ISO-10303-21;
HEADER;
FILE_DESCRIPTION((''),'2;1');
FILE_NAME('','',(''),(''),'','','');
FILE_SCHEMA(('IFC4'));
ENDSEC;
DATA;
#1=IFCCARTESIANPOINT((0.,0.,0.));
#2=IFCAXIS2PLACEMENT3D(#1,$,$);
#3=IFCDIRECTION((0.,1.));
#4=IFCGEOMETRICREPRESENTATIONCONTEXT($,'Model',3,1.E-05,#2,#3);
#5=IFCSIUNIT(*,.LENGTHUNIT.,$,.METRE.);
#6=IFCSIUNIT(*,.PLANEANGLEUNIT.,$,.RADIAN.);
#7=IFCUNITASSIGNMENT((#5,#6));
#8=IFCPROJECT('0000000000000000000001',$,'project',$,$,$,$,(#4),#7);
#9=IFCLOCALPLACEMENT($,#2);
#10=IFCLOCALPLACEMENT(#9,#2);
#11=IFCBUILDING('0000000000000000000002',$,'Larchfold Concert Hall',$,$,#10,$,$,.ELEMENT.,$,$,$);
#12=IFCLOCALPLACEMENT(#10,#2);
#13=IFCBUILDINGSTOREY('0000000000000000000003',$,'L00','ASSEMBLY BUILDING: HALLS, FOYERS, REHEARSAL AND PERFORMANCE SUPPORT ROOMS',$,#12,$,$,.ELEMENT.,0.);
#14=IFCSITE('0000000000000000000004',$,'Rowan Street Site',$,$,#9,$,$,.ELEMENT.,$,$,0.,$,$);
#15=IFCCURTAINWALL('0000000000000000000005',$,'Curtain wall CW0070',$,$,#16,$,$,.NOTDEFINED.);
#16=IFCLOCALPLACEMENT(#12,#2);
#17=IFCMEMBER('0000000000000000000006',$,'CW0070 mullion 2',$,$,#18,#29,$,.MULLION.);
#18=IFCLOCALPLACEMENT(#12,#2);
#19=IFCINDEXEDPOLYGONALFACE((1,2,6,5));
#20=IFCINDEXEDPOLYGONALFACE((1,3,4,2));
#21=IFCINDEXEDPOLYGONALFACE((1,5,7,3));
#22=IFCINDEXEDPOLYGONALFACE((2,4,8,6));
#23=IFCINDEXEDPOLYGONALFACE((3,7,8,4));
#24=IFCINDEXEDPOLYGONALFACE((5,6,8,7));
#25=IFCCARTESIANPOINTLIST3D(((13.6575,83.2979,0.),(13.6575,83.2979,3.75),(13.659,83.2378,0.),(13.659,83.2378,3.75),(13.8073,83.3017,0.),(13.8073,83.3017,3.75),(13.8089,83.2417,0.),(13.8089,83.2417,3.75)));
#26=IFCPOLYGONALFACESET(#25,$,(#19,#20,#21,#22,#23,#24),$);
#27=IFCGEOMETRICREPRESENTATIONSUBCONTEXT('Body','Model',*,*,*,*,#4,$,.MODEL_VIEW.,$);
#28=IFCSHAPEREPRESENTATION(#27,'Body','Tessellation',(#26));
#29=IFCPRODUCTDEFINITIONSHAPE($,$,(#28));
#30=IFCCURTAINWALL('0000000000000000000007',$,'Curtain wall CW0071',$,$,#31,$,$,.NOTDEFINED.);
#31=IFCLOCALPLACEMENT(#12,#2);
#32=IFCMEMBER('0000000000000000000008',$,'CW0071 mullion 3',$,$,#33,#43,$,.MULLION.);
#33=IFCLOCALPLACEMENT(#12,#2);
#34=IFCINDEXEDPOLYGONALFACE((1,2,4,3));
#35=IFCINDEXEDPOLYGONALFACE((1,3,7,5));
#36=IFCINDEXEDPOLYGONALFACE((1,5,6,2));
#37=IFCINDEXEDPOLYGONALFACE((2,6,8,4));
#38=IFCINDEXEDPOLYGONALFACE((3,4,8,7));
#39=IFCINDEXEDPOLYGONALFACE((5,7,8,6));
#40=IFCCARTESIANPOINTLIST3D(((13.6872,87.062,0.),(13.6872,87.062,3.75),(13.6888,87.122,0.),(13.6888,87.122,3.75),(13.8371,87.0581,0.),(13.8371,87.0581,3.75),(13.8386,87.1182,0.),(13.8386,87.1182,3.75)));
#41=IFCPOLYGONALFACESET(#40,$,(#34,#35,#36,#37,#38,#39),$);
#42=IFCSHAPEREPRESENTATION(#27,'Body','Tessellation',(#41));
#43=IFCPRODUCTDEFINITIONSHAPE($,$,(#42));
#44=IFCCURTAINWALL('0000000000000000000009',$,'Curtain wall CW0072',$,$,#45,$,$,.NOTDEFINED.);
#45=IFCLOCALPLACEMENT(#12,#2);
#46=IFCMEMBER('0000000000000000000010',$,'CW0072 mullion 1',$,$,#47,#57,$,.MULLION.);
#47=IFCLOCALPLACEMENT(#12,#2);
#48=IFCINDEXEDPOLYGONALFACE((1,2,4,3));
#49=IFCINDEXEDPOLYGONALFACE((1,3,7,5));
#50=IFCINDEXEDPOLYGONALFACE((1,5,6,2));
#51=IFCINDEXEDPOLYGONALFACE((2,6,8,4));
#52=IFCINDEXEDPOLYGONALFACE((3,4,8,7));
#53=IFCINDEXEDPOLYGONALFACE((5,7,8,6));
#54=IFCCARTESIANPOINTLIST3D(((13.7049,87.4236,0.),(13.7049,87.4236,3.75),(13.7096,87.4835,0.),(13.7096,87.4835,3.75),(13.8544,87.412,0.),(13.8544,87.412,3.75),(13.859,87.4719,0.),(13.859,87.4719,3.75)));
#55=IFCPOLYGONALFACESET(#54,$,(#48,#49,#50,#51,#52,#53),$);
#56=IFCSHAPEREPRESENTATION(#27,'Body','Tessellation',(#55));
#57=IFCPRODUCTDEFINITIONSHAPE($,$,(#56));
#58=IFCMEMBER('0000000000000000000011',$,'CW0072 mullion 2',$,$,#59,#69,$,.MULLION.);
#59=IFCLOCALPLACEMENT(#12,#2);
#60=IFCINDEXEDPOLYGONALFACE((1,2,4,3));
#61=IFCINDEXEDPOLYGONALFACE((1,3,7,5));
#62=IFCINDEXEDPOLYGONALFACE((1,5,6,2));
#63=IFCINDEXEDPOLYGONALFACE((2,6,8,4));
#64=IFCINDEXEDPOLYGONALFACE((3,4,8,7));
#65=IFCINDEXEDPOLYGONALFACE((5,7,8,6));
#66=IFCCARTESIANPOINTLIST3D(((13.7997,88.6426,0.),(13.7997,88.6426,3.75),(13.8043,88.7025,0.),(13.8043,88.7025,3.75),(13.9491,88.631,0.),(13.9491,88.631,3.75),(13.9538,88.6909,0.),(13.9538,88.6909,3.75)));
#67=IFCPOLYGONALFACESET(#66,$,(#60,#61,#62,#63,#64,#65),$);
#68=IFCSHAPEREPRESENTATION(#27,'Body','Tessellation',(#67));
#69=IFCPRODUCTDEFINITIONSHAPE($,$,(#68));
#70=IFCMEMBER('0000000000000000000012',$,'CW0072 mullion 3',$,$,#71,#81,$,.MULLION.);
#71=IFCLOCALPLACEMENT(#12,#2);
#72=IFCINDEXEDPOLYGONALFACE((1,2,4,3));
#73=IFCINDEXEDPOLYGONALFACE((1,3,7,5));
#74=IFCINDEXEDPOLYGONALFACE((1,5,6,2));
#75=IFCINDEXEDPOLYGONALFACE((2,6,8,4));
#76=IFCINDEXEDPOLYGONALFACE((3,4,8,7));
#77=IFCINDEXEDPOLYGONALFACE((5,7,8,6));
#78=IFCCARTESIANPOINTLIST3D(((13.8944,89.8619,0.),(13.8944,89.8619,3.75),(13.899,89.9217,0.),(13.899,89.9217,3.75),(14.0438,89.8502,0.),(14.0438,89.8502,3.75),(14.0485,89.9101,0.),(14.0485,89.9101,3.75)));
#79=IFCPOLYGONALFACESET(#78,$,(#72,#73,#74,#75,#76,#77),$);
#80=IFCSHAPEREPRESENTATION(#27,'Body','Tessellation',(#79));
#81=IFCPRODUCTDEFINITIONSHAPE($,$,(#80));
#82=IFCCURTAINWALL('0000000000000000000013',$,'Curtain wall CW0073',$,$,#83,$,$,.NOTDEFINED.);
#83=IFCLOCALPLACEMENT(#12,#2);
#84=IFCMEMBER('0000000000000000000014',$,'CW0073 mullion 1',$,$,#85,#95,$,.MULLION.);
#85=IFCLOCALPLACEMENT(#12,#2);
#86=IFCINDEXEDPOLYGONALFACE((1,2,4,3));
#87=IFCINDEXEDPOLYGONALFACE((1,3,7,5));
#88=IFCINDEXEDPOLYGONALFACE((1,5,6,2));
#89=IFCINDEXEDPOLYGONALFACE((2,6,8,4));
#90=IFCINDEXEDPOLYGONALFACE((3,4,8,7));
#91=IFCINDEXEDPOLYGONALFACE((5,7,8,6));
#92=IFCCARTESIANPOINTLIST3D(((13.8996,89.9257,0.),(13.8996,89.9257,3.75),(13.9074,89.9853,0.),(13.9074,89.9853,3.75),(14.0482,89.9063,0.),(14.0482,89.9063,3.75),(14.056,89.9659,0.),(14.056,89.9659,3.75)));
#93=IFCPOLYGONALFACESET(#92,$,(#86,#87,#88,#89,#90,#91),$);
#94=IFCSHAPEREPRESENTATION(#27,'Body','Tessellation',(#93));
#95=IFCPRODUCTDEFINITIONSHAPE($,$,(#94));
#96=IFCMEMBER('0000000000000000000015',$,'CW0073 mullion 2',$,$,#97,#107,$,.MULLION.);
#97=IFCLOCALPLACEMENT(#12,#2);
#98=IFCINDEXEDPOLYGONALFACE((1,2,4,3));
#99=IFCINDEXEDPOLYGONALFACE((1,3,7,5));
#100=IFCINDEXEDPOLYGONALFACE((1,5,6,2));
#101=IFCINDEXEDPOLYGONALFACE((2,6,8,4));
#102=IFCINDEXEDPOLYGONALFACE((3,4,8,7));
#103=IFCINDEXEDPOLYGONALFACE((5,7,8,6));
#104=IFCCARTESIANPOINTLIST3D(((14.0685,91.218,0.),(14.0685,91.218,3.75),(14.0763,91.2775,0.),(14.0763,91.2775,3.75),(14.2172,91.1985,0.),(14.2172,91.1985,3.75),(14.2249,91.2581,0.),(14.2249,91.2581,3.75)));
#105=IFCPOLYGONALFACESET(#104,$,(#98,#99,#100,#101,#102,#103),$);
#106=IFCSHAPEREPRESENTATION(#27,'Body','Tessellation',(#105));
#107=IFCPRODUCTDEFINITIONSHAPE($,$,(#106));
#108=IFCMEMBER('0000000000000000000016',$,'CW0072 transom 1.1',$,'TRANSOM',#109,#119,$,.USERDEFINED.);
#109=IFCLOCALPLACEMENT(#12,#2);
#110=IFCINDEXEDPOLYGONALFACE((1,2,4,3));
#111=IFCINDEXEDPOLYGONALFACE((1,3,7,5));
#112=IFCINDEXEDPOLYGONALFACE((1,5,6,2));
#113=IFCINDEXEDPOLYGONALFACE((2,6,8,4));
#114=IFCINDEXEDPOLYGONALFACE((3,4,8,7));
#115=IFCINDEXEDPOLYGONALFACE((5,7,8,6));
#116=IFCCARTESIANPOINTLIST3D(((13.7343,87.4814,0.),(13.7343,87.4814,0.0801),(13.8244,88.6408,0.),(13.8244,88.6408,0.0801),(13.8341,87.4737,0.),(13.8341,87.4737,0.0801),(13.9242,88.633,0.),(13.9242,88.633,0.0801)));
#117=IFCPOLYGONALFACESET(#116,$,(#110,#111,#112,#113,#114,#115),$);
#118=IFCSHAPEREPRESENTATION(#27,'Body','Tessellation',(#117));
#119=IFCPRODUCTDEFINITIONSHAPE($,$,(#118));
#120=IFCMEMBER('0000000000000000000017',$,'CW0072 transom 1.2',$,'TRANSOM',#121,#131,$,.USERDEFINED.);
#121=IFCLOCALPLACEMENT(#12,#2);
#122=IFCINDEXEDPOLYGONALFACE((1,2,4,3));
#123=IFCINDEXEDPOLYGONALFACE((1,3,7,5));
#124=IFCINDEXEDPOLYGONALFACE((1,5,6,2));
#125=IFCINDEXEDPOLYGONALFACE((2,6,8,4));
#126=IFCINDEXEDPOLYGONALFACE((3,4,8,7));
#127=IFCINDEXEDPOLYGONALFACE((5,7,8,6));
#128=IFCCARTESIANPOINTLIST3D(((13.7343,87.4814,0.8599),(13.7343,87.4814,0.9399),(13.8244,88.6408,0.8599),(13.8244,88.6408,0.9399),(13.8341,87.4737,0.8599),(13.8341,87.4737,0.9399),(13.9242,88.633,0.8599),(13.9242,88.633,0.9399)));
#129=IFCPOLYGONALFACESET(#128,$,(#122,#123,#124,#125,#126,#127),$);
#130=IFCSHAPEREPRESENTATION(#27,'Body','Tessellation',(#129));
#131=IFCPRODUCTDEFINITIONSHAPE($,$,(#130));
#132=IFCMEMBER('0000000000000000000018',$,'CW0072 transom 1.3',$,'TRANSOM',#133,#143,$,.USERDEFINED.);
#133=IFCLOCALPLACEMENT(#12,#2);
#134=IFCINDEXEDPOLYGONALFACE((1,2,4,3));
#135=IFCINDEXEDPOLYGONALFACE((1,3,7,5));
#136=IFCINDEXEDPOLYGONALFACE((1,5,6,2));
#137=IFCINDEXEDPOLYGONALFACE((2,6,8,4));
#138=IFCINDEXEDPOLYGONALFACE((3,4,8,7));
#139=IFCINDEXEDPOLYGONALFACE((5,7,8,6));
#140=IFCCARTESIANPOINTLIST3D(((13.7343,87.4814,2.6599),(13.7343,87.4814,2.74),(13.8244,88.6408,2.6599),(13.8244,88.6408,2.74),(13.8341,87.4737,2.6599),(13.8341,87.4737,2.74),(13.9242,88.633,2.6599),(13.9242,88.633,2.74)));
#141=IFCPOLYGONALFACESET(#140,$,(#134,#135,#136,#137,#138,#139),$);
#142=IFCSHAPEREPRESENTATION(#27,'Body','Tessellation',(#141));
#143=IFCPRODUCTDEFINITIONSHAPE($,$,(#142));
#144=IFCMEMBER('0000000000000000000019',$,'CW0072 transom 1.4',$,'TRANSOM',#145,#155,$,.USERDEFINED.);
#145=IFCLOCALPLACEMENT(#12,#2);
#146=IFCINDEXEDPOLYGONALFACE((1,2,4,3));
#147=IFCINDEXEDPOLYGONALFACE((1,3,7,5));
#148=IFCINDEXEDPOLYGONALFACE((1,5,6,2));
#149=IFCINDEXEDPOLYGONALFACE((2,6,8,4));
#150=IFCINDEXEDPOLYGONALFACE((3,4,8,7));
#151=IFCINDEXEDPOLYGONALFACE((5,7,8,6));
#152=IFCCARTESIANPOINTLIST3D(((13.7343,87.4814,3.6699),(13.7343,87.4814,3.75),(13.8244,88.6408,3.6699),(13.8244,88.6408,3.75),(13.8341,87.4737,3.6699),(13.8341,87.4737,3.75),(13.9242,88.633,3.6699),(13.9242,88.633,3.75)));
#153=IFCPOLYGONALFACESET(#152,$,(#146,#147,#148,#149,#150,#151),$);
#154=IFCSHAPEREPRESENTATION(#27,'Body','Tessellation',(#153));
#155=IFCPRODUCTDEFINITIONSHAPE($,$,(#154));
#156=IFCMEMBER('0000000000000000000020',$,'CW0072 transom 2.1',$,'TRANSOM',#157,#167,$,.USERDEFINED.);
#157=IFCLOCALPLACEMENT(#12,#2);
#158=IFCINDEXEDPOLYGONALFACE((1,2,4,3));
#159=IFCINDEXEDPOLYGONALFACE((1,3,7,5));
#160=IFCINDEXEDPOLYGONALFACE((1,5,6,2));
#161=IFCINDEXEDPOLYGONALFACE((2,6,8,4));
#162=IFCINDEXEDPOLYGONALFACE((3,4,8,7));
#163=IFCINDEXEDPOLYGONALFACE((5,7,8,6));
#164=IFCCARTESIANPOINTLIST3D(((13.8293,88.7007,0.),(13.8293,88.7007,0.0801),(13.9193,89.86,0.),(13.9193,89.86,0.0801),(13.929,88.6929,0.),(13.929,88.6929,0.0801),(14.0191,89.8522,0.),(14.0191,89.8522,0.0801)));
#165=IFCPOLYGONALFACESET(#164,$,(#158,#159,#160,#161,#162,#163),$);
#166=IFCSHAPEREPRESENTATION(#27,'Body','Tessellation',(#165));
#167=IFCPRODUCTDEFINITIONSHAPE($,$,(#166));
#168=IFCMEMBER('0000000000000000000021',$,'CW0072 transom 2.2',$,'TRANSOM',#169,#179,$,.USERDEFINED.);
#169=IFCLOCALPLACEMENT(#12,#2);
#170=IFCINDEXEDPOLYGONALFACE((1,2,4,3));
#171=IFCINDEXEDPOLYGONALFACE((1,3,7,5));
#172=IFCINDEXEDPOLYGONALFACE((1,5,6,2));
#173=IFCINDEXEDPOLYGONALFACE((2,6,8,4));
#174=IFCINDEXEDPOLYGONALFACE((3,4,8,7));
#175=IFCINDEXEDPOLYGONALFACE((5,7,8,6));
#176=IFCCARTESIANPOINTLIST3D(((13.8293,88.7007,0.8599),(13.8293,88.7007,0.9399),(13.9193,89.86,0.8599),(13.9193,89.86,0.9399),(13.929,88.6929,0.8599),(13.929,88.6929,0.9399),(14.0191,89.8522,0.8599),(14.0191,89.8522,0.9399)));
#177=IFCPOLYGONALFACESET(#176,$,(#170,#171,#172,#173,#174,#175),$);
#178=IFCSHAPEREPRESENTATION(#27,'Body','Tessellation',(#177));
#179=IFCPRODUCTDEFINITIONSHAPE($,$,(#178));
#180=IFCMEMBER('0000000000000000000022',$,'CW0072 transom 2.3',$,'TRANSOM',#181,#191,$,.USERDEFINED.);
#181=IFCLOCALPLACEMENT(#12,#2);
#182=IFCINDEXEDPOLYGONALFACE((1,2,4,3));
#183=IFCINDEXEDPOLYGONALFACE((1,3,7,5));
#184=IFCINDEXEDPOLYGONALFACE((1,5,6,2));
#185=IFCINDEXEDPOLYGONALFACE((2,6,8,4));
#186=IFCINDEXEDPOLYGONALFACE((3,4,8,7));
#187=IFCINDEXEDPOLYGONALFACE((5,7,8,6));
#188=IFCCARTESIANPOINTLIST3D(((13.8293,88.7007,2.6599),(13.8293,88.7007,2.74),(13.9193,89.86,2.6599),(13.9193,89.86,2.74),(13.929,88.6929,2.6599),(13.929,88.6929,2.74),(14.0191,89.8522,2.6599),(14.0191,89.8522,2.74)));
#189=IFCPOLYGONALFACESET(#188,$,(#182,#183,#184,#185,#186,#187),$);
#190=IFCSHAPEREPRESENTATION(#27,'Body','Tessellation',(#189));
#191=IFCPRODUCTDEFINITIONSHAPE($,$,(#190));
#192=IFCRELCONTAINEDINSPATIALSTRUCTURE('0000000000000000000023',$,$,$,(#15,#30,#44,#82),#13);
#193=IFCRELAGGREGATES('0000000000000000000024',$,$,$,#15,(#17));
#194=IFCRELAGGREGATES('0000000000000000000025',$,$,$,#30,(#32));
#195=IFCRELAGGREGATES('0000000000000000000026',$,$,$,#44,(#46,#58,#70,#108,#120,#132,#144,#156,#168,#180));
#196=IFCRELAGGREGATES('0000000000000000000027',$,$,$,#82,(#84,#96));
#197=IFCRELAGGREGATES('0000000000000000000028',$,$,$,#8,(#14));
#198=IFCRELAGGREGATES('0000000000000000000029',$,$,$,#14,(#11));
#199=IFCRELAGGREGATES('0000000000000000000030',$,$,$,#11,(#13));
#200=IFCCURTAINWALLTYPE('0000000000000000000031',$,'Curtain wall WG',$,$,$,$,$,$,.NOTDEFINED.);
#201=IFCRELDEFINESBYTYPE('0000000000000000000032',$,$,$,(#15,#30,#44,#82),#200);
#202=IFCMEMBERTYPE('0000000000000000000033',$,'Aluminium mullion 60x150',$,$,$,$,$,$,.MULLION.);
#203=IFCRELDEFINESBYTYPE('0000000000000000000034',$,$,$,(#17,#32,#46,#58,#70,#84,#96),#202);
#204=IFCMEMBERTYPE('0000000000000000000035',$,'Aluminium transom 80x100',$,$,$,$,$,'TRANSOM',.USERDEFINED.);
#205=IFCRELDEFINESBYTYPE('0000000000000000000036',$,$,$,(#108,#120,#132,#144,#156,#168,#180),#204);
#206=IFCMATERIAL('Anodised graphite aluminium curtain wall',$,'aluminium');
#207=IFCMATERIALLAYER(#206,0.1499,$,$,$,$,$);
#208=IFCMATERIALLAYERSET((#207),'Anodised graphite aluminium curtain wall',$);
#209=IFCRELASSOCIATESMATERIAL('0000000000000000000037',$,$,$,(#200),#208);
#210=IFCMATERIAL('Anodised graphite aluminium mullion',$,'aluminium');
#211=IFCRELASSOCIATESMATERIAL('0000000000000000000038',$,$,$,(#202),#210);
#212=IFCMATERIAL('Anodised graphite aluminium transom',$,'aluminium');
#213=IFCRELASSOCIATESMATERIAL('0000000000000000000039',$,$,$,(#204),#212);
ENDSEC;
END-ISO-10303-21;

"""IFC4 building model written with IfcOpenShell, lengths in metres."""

from ifc_helpers import new_model, si_unit, direction, frame, origin, origin_2d, place, context, subcontext, project, spatial, rectangle, extrude, material, layer, layer_set, material_profile, profile_set, type_object, element, aggregate, save


model = new_model("IFC4")

# Units and contexts
model_context = context("Model", 3, precision=1e-05, world=origin(), true_north=direction((0.0, 1.0)))
body_context = subcontext(model_context, "Body", "Model", "MODEL_VIEW")
ifc_project = project(units=[si_unit("LENGTHUNIT", "METRE"), si_unit("PLANEANGLEUNIT", "RADIAN")], contexts=[model_context])

# Site, building, storey
site_placement = place(None, origin())
site = spatial("IfcSite", under=ifc_project, at=site_placement, Name="Rowan Street Site", CompositionType="ELEMENT", RefElevation=0.0)
building_placement = place(site_placement, origin())
building = spatial("IfcBuilding", under=site, at=building_placement, Name="Larchfold Concert Hall", CompositionType="ELEMENT")
storey_placement = place(building_placement, origin())
storey = spatial("IfcBuildingStorey", under=building, at=storey_placement, Name="L00", Description="ASSEMBLY BUILDING: HALLS, FOYERS, REHEARSAL AND PERFORMANCE SUPPORT ROOMS", CompositionType="ELEMENT", Elevation=0.0)

# Curtain walls, members
ifc_material_1 = material(Name="Anodised graphite aluminium curtain wall", Category="aluminium")
ifc_layer_1 = layer(ifc_material_1, 0.1499)
ifc_layer_set_1 = layer_set([ifc_layer_1], Name="Anodised graphite aluminium curtain wall")
curtain_wall_type = type_object("IfcCurtainWallType", Name="Curtain wall WG", PredefinedType="NOTDEFINED", material=ifc_layer_set_1)
curtain_wall_1_placement = place(storey_placement, origin())
curtain_wall_1 = element("IfcCurtainWall", 1, at=curtain_wall_1_placement, inside=storey, type_object=curtain_wall_type, Name="Curtain wall CW0070", PredefinedType="NOTDEFINED")
ifc_material_2 = material(Name="Anodised graphite aluminium mullion", Category="aluminium")
ifc_material_profile_1 = material_profile(ifc_material_2, rectangle(XDim=0.1499, YDim=0.0601, at=origin_2d()))
ifc_profile_set_1 = profile_set([ifc_material_profile_1], Name="Anodised graphite aluminium mullion")
member_type_1 = type_object("IfcMemberType", Name="Aluminium mullion 60x150", PredefinedType="MULLION", material=ifc_profile_set_1)
member_1_placement = place(storey_placement, frame((13.7332, 83.2698, 0.0), z_axis=(0.0, 0.0, 1.0), x_axis=(-0.999668, -0.025776, 0.0)))
member_1 = element("IfcMember", 2, at=member_1_placement, type_object=member_type_1, Name="CW0070 mullion 2", PredefinedType="MULLION", context=body_context, shape_type="SweptSolid", body=[
    extrude(rectangle(XDim=0.1499, YDim=0.0601, at=origin_2d()), origin(), (0.0, 0.0, 1.0), 3.75),
])
aggregate(curtain_wall_1, [member_1])
curtain_wall_2_placement = place(storey_placement, origin())
curtain_wall_2 = element("IfcCurtainWall", 3, at=curtain_wall_2_placement, inside=storey, type_object=curtain_wall_type, Name="Curtain wall CW0071", PredefinedType="NOTDEFINED")
member_2_placement = place(storey_placement, frame((13.7629, 87.0901, 0.0), z_axis=(0.0, 0.0, 1.0), x_axis=(-0.999668, 0.025762, 0.0)))
member_2 = element("IfcMember", 4, at=member_2_placement, type_object=member_type_1, Name="CW0071 mullion 3", PredefinedType="MULLION", context=body_context, shape_type="SweptSolid", body=[
    extrude(rectangle(XDim=0.1499, YDim=0.0601, at=origin_2d()), origin(), (0.0, 0.0, 1.0), 3.75),
])

# Curtain walls, members
curtain_wall_3_placement = place(storey_placement, origin())
curtain_wall_3 = element("IfcCurtainWall", 5, at=curtain_wall_3_placement, inside=storey, type_object=curtain_wall_type, Name="Curtain wall CW0072", PredefinedType="NOTDEFINED")
member_3_placement = place(storey_placement, frame((13.782, 87.4478, 0.0), z_axis=(0.0, 0.0, 1.0), x_axis=(-0.996988, 0.077553, 0.0)))
member_3 = element("IfcMember", 6, at=member_3_placement, type_object=member_type_1, Name="CW0072 mullion 1", PredefinedType="MULLION", context=body_context, shape_type="SweptSolid", body=[
    extrude(rectangle(XDim=0.1499, YDim=0.0601, at=origin_2d()), origin(), (0.0, 0.0, 1.0), 3.75),
])
member_4_placement = place(storey_placement, frame((13.8767, 88.6667, 0.0), z_axis=(0.0, 0.0, 1.0), x_axis=(-0.996988, 0.077553, 0.0)))
member_4 = element("IfcMember", 7, at=member_4_placement, type_object=member_type_1, Name="CW0072 mullion 2", PredefinedType="MULLION", context=body_context, shape_type="SweptSolid", body=[
    extrude(rectangle(XDim=0.1499, YDim=0.0601, at=origin_2d()), origin(), (0.0, 0.0, 1.0), 3.75),
])
member_5_placement = place(storey_placement, frame((13.9714, 89.886, 0.0), z_axis=(0.0, 0.0, 1.0), x_axis=(-0.996988, 0.077553, 0.0)))
member_5 = element("IfcMember", 8, at=member_5_placement, type_object=member_type_1, Name="CW0072 mullion 3", PredefinedType="MULLION", context=body_context, shape_type="SweptSolid", body=[
    extrude(rectangle(XDim=0.1499, YDim=0.0601, at=origin_2d()), origin(), (0.0, 0.0, 1.0), 3.75),
])
curtain_wall_4_placement = place(storey_placement, origin())
curtain_wall_4 = element("IfcCurtainWall", 9, at=curtain_wall_4_placement, inside=storey, type_object=curtain_wall_type, Name="Curtain wall CW0073", PredefinedType="NOTDEFINED")
member_6_placement = place(storey_placement, frame((13.9778, 89.9458, 0.0), z_axis=(0.0, 0.0, 1.0), x_axis=(-0.991561, 0.129644, 0.0)))
member_6 = element("IfcMember", 10, at=member_6_placement, type_object=member_type_1, Name="CW0073 mullion 1", PredefinedType="MULLION", context=body_context, shape_type="SweptSolid", body=[
    extrude(rectangle(XDim=0.1499, YDim=0.0601, at=origin_2d()), origin(), (0.0, 0.0, 1.0), 3.75),
])
member_7_placement = place(storey_placement, frame((14.1467, 91.238, 0.0), z_axis=(0.0, 0.0, 1.0), x_axis=(-0.991561, 0.129644, 0.0)))
member_7 = element("IfcMember", 11, at=member_7_placement, type_object=member_type_1, Name="CW0073 mullion 2", PredefinedType="MULLION", context=body_context, shape_type="SweptSolid", body=[
    extrude(rectangle(XDim=0.1499, YDim=0.0601, at=origin_2d()), origin(), (0.0, 0.0, 1.0), 3.75),
])

# Members
ifc_material_3 = material(Name="Anodised graphite aluminium transom", Category="aluminium")
ifc_material_profile_2 = material_profile(ifc_material_3, rectangle(XDim=0.1001, YDim=0.0801, at=origin_2d()))
ifc_profile_set_2 = profile_set([ifc_material_profile_2], Name="Anodised graphite aluminium transom")
member_type_2 = type_object("IfcMemberType", Name="Aluminium transom 80x100", ElementType="TRANSOM", PredefinedType="USERDEFINED", material=ifc_profile_set_2)
member_8_placement = place(storey_placement, frame((13.7842, 87.4775, 0.04), z_axis=(0.077467, 0.996995, 0.0), x_axis=(-0.996995, 0.077467, 0.0)))
member_8 = element("IfcMember", 12, at=member_8_placement, type_object=member_type_2, Name="CW0072 transom 1.1", ObjectType="TRANSOM", PredefinedType="USERDEFINED", context=body_context, shape_type="SweptSolid", body=[
    extrude(rectangle(XDim=0.1001, YDim=0.0801, at=origin_2d()), origin(), (0.0, 0.0, 1.0), 1.1628),
])
member_9_placement = place(storey_placement, frame((13.7842, 87.4775, 0.8999), z_axis=(0.077467, 0.996995, 0.0), x_axis=(-0.996995, 0.077467, 0.0)))
member_9 = element("IfcMember", 13, at=member_9_placement, type_object=member_type_2, Name="CW0072 transom 1.2", ObjectType="TRANSOM", PredefinedType="USERDEFINED", context=body_context, shape_type="SweptSolid", body=[
    extrude(rectangle(XDim=0.1001, YDim=0.0801, at=origin_2d()), origin(), (0.0, 0.0, 1.0), 1.1628),
])
member_10_placement = place(storey_placement, frame((13.7842, 87.4775, 2.7), z_axis=(0.077467, 0.996995, 0.0), x_axis=(-0.996995, 0.077467, 0.0)))
member_10 = element("IfcMember", 14, at=member_10_placement, type_object=member_type_2, Name="CW0072 transom 1.3", ObjectType="TRANSOM", PredefinedType="USERDEFINED", context=body_context, shape_type="SweptSolid", body=[
    extrude(rectangle(XDim=0.1001, YDim=0.0801, at=origin_2d()), origin(), (0.0, 0.0, 1.0), 1.1628),
])
member_11_placement = place(storey_placement, frame((13.7842, 87.4775, 3.71), z_axis=(0.077467, 0.996995, 0.0), x_axis=(-0.996995, 0.077467, 0.0)))
member_11 = element("IfcMember", 15, at=member_11_placement, type_object=member_type_2, Name="CW0072 transom 1.4", ObjectType="TRANSOM", PredefinedType="USERDEFINED", context=body_context, shape_type="SweptSolid", body=[
    extrude(rectangle(XDim=0.1001, YDim=0.0801, at=origin_2d()), origin(), (0.0, 0.0, 1.0), 1.1628),
])
member_12_placement = place(storey_placement, frame((13.8792, 88.6968, 0.04), z_axis=(0.077467, 0.996995, 0.0), x_axis=(-0.996995, 0.077467, 0.0)))
member_12 = element("IfcMember", 16, at=member_12_placement, type_object=member_type_2, Name="CW0072 transom 2.1", ObjectType="TRANSOM", PredefinedType="USERDEFINED", context=body_context, shape_type="SweptSolid", body=[
    extrude(rectangle(XDim=0.1001, YDim=0.0801, at=origin_2d()), origin(), (0.0, 0.0, 1.0), 1.1628),
])
member_13_placement = place(storey_placement, frame((13.8792, 88.6968, 0.8999), z_axis=(0.077467, 0.996995, 0.0), x_axis=(-0.996995, 0.077467, 0.0)))
member_13 = element("IfcMember", 17, at=member_13_placement, type_object=member_type_2, Name="CW0072 transom 2.2", ObjectType="TRANSOM", PredefinedType="USERDEFINED", context=body_context, shape_type="SweptSolid", body=[
    extrude(rectangle(XDim=0.1001, YDim=0.0801, at=origin_2d()), origin(), (0.0, 0.0, 1.0), 1.1628),
])
member_14_placement = place(storey_placement, frame((13.8792, 88.6968, 2.7), z_axis=(0.077467, 0.996995, 0.0), x_axis=(-0.996995, 0.077467, 0.0)))
member_14 = element("IfcMember", 18, at=member_14_placement, type_object=member_type_2, Name="CW0072 transom 2.3", ObjectType="TRANSOM", PredefinedType="USERDEFINED", context=body_context, shape_type="SweptSolid", body=[
    extrude(rectangle(XDim=0.1001, YDim=0.0801, at=origin_2d()), origin(), (0.0, 0.0, 1.0), 1.1628),
])

aggregate(curtain_wall_2, [member_2])
aggregate(curtain_wall_3, [member_3, member_4, member_5, member_8, member_9, member_10, member_11, member_12, member_13, member_14])
aggregate(curtain_wall_4, [member_6, member_7])

save(model, "model.ifc")
